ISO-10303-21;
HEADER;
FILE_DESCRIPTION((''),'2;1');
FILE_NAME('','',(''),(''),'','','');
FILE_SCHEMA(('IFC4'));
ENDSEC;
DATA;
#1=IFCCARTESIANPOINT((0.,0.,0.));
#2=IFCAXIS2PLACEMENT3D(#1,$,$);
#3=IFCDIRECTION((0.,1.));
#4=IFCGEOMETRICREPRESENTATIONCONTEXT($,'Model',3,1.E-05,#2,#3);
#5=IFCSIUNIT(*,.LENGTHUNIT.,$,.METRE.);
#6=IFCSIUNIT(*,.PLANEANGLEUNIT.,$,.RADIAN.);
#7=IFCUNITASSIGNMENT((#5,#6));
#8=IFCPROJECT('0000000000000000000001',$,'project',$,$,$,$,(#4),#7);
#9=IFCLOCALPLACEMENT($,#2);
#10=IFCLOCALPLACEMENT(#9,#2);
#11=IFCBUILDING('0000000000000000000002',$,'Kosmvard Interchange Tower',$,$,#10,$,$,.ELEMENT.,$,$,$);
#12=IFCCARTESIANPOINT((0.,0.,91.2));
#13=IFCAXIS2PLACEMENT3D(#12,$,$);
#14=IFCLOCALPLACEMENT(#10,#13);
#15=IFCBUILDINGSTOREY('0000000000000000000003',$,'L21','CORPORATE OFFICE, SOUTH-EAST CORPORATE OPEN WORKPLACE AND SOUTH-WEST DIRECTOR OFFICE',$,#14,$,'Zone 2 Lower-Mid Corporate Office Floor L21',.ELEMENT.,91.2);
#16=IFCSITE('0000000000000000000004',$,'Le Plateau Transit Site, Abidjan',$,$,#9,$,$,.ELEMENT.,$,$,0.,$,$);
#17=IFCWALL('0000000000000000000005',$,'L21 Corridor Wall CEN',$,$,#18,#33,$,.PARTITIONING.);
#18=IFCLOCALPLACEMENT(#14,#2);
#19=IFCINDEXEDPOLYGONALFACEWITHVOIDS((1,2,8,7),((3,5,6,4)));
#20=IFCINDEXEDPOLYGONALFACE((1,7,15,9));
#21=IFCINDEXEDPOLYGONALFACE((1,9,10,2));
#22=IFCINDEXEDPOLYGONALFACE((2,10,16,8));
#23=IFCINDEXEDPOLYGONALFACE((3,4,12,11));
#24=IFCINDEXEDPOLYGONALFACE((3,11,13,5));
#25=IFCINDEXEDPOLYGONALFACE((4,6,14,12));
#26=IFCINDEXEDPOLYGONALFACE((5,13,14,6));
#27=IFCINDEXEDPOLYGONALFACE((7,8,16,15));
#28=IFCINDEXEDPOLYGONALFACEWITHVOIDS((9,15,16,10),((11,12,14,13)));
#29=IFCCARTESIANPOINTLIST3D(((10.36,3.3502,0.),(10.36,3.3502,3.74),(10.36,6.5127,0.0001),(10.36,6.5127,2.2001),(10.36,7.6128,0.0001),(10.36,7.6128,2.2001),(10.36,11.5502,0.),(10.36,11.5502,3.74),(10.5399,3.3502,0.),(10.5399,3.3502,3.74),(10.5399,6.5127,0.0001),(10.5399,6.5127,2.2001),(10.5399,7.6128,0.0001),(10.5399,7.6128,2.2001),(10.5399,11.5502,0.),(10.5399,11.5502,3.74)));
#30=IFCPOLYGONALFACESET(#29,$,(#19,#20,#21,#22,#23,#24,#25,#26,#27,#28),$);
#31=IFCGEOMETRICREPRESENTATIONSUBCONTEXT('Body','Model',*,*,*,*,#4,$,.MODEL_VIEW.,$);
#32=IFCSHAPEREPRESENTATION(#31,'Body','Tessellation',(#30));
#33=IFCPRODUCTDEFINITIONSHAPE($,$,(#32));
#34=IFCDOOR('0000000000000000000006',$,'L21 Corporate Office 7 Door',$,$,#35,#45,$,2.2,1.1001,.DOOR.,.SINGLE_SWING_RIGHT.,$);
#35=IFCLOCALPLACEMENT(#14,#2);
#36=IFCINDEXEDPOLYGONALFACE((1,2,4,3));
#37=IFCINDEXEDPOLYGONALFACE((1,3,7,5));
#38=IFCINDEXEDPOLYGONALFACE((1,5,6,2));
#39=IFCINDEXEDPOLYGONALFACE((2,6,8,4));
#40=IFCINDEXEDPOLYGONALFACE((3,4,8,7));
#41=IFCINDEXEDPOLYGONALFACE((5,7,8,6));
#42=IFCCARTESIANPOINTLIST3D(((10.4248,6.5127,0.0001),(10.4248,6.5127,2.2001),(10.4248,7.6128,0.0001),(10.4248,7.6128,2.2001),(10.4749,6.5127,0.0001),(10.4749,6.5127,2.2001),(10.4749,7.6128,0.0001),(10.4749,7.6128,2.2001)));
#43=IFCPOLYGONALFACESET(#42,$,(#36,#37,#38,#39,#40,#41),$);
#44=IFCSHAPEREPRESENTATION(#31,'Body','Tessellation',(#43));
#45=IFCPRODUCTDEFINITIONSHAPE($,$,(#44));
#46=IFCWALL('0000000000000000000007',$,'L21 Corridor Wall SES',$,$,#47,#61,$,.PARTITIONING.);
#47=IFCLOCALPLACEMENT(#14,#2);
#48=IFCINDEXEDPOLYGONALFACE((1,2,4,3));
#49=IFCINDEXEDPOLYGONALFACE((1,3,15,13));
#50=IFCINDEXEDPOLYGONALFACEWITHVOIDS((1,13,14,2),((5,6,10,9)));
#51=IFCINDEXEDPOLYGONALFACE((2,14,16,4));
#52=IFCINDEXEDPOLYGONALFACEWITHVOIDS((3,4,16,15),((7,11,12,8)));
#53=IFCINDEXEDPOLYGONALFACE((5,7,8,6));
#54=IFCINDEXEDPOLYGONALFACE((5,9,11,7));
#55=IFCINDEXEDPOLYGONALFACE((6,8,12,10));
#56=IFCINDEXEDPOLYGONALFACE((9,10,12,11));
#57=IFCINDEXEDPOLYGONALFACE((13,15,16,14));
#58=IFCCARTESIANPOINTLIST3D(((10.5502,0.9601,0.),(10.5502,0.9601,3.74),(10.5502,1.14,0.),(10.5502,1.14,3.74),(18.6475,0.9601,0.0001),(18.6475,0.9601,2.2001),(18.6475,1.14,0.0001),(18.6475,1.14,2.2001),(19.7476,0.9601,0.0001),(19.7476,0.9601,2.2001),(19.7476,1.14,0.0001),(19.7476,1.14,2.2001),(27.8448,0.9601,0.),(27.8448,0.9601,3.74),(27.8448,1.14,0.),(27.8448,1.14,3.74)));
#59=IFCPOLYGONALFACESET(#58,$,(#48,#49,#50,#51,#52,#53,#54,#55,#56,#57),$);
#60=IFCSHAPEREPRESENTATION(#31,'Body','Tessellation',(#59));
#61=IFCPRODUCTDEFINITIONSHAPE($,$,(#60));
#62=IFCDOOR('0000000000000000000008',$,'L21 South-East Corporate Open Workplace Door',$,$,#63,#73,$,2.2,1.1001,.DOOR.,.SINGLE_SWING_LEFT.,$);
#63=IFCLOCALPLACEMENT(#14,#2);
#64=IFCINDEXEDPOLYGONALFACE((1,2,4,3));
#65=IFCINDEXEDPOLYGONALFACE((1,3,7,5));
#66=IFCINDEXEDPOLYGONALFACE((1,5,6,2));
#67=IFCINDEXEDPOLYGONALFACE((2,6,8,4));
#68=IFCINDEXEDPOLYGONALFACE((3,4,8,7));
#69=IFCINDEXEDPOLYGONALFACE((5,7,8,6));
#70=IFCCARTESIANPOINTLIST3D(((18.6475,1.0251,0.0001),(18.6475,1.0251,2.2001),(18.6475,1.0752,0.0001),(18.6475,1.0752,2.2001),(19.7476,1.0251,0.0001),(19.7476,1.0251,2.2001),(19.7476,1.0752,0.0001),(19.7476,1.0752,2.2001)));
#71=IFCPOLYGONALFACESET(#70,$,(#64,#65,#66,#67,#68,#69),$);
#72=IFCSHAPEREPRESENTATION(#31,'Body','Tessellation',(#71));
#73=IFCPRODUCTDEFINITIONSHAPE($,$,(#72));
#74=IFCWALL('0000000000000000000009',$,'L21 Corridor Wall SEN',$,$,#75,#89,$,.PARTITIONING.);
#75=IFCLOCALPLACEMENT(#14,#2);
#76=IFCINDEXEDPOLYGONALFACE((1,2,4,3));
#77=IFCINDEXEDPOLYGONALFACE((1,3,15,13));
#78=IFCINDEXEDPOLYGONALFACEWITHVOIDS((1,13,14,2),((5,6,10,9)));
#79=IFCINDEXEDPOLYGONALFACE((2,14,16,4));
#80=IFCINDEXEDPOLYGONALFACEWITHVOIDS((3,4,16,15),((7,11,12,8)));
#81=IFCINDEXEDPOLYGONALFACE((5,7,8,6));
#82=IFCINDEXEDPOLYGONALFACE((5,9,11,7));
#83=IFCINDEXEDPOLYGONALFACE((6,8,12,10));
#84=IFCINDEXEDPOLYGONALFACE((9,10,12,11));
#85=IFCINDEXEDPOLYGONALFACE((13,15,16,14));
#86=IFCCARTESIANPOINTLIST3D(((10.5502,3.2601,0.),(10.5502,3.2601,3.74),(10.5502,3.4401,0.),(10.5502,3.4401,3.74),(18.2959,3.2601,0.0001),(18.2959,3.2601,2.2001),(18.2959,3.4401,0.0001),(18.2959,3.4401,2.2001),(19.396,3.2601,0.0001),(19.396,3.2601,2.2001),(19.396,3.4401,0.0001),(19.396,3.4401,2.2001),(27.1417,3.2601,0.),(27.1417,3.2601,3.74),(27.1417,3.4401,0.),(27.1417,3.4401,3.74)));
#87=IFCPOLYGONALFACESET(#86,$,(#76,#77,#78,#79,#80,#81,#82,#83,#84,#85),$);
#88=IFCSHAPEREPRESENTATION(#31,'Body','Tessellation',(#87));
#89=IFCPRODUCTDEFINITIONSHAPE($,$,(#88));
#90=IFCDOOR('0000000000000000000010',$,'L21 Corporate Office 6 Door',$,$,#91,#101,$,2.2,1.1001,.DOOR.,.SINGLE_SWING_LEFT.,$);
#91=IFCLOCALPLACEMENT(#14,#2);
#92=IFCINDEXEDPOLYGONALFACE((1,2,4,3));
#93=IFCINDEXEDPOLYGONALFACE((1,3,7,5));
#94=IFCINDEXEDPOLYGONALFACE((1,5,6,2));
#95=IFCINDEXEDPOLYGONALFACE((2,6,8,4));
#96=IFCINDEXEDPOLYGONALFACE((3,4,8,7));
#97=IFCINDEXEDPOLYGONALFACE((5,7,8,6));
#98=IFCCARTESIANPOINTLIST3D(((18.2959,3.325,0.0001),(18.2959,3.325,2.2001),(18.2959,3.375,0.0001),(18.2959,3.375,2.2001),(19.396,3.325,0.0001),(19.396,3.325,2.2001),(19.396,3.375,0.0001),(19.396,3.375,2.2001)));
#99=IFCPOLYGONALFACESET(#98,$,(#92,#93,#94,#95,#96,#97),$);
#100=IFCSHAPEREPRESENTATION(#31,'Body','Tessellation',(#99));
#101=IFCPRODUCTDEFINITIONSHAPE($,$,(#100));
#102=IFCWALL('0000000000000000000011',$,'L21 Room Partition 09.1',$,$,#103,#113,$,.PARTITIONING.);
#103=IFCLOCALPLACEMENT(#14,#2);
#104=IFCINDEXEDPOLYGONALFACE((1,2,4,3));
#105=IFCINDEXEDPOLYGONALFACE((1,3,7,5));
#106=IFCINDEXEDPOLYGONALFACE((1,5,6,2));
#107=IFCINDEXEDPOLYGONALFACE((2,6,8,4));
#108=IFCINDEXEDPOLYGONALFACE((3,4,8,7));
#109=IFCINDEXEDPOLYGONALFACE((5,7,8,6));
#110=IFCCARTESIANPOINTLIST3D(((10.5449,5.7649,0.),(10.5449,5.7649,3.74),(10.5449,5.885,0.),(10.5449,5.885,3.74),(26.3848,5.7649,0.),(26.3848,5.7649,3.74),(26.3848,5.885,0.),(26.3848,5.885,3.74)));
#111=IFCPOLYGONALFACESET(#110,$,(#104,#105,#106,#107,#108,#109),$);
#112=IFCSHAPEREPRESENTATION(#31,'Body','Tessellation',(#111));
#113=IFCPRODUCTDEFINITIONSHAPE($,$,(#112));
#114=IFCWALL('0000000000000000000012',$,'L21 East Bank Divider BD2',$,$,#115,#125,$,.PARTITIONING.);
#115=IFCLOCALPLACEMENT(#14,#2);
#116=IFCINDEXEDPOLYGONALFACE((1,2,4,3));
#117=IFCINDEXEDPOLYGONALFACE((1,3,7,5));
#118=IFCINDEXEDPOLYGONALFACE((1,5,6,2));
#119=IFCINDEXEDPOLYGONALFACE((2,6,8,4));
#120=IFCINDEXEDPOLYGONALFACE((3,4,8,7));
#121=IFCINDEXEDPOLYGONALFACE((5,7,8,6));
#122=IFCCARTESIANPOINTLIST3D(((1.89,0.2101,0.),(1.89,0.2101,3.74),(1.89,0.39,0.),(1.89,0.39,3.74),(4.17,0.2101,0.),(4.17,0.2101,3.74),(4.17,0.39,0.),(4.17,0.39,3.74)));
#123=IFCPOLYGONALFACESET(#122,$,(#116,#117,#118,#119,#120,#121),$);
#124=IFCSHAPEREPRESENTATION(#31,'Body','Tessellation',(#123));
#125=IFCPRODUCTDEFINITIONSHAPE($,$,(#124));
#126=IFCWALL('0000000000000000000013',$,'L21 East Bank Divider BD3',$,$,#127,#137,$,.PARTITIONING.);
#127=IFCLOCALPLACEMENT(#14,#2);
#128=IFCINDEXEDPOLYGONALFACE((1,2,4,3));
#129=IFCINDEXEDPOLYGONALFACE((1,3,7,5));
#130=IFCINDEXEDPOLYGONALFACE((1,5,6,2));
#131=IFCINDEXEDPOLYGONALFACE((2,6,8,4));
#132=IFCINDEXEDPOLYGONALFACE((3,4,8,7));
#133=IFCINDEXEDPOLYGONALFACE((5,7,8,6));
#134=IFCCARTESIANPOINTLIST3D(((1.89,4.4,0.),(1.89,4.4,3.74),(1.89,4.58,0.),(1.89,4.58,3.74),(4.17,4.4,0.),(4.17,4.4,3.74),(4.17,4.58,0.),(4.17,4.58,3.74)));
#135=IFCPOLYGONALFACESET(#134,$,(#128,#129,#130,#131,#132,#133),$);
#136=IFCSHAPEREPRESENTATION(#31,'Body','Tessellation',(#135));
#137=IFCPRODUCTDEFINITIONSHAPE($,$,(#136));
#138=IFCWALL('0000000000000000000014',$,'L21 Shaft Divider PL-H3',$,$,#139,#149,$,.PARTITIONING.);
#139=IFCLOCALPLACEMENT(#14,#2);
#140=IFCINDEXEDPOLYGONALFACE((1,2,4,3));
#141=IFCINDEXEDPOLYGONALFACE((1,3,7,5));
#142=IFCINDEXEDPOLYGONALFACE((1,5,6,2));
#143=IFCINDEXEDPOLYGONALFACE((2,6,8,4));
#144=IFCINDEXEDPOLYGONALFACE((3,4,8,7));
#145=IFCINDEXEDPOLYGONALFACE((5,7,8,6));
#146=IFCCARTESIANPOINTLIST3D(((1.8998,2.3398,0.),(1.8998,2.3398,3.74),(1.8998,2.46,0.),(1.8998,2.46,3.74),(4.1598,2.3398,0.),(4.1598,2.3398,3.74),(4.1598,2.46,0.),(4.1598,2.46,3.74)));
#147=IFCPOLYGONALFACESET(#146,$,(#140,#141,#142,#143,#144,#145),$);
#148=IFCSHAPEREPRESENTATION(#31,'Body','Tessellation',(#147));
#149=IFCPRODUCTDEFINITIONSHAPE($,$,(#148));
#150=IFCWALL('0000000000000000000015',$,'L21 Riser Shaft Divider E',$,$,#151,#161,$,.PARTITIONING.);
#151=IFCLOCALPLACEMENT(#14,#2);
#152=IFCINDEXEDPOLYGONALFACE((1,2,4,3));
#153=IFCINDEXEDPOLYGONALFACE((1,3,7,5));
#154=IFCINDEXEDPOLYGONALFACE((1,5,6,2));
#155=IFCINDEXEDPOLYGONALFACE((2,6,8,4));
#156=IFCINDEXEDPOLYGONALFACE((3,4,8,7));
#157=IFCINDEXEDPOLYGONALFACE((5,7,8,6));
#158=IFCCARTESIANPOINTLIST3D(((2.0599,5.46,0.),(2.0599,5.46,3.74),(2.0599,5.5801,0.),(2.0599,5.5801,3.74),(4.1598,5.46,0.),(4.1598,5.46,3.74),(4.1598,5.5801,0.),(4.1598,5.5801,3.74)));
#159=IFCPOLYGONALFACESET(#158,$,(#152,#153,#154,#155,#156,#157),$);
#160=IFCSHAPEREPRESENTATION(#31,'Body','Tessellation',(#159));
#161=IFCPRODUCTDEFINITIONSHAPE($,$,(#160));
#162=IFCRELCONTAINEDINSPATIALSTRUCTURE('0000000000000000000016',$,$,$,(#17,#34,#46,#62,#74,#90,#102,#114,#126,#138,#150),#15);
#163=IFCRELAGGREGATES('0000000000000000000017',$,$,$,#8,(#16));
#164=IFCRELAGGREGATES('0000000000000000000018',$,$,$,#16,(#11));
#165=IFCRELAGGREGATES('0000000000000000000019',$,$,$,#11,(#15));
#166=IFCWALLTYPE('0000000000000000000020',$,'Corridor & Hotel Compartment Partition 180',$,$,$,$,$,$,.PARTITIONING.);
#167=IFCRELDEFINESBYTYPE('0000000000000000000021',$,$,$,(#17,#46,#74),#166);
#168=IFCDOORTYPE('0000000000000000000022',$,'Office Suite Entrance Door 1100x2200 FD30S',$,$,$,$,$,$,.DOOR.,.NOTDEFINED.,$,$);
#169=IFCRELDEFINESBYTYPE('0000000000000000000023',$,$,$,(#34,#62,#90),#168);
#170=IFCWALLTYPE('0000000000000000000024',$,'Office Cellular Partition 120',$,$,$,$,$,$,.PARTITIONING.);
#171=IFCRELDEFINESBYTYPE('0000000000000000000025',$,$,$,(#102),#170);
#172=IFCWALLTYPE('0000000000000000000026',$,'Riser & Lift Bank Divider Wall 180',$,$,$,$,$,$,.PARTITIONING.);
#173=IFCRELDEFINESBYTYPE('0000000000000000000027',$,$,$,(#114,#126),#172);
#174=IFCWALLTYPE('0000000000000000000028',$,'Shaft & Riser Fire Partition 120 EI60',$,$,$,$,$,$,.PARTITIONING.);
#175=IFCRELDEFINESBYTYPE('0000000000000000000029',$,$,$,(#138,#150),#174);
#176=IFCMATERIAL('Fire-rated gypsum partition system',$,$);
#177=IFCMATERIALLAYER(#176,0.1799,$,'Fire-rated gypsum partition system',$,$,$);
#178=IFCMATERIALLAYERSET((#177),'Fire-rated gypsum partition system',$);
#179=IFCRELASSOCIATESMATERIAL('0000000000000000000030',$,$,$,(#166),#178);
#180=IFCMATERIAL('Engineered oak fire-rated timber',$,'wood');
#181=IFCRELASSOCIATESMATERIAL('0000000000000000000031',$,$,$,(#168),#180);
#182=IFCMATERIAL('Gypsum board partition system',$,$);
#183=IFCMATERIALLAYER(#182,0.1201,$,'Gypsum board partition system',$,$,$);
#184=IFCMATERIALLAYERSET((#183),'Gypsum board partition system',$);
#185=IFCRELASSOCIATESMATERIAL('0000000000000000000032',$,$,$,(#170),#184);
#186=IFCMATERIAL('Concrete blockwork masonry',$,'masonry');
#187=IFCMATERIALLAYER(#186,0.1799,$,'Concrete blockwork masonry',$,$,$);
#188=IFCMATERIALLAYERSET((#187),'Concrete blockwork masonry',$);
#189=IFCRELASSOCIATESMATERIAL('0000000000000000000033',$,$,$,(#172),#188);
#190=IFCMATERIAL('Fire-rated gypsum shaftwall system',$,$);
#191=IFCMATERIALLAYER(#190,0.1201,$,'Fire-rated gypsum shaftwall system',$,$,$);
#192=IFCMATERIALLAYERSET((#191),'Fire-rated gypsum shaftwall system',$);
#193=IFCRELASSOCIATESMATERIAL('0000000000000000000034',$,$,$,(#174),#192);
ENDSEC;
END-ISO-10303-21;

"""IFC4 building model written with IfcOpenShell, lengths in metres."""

from ifc_helpers import new_model, si_unit, direction, frame, frame_2d, origin, place, context, subcontext, project, spatial, rectangle, extrude, source, transform, mapped, material, layer, layer_set, type_object, element, fill, save


model = new_model("IFC4")

# Units and contexts
model_context = context("Model", 3, precision=1e-05, world=origin(), true_north=direction((0.0, 1.0)))
body_context = subcontext(model_context, "Body", "Model", "MODEL_VIEW")
ifc_project = project(units=[si_unit("LENGTHUNIT", "METRE"), si_unit("PLANEANGLEUNIT", "RADIAN")], contexts=[model_context])

# Site, building, storey
site_placement = place(None, origin())
site = spatial("IfcSite", under=ifc_project, at=site_placement, Name="Le Plateau Transit Site, Abidjan", CompositionType="ELEMENT", RefElevation=0.0)
building_placement = place(site_placement, origin())
building = spatial("IfcBuilding", under=site, at=building_placement, Name="Kosmvard Interchange Tower", CompositionType="ELEMENT")
storey_placement = place(building_placement, frame((0.0, 0.0, 91.2)))
storey = spatial("IfcBuildingStorey", under=building, at=storey_placement, Name="L21", Description="CORPORATE OFFICE, SOUTH-EAST CORPORATE OPEN WORKPLACE AND SOUTH-WEST DIRECTOR OFFICE", LongName="Zone 2 Lower-Mid Corporate Office Floor L21", CompositionType="ELEMENT", Elevation=91.2)

# Shared definitions
ifc_material_1 = material(Name="Fire-rated gypsum partition system")

# Walls, openings, doors
ifc_layer_1 = layer(ifc_material_1, 0.1799, Name="Fire-rated gypsum partition system")
ifc_layer_set_1 = layer_set([ifc_layer_1], Name="Fire-rated gypsum partition system")
wall_type_1 = type_object("IfcWallType", Name="Corridor & Hotel Compartment Partition 180", PredefinedType="PARTITIONING", material=ifc_layer_set_1)
wall_1_placement = place(storey_placement, frame((10.45, 3.3501, 0.0), z_axis=(0.0, 0.0, 1.0), x_axis=(0.0, 1.0, 0.0)))
wall_1 = element("IfcWall", 1, at=wall_1_placement, inside=storey, type_object=wall_type_1, Name="L21 Corridor Wall CEN", PredefinedType="PARTITIONING", context=body_context, shape_type="SweptSolid", body=[
    extrude(rectangle(XDim=8.2, YDim=0.1799, at=frame_2d((4.1001, 0.0))), origin(), (0.0, 0.0, 1.0), 3.74),
])
opening_1_placement = place(wall_1_placement, frame((3.1626, 0.0, 0.0)))
opening_1 = element("IfcOpeningElement", 2, at=opening_1_placement, cuts=wall_1, PredefinedType="OPENING", context=body_context, shape_type="SweptSolid", body=[
    extrude(rectangle(XDim=1.1001, YDim=2.2, at=frame_2d((0.55, 1.1001))), frame((0.0, 0.1001, 0.0), z_axis=(0.0, -1.0, 0.0), x_axis=(1.0, 0.0, 0.0)), (0.0, 0.0, 1.0), 0.2),
])
ifc_material_2 = material(Name="Engineered oak fire-rated timber", Category="wood")
door_type_1 = type_object("IfcDoorType", Name="Office Suite Entrance Door 1100x2200 FD30S", OperationType="NOTDEFINED", PredefinedType="DOOR", material=ifc_material_2)
shared_shape_1 = source(origin(), body_context, "Body", "SweptSolid", [
    extrude(rectangle(XDim=1.1001, YDim=2.2, at=frame_2d((0.55, 1.1001))), frame((0.0, 0.0249, 0.0), z_axis=(0.0, -1.0, 0.0), x_axis=(1.0, 0.0, 0.0)), (0.0, 0.0, 1.0), 0.05),
])
door_1_placement = place(opening_1_placement, frame((1.1001, 0.0, 0.0), z_axis=(0.0, 0.0, 1.0), x_axis=(-1.0, 0.0, 0.0)))
door_1 = element("IfcDoor", 3, at=door_1_placement, inside=storey, type_object=door_type_1, Name="L21 Corporate Office 7 Door", OperationType="SINGLE_SWING_RIGHT", OverallHeight=2.2, OverallWidth=1.1001, PredefinedType="DOOR", context=body_context, shape_type="MappedRepresentation", body=[
    mapped(shared_shape_1, transform((0.0, 0.0, 0.0), scale=1.0)),
])
fill(opening_1, door_1)
wall_2_placement = place(storey_placement, frame((10.55, 1.05, 0.0), z_axis=(0.0, 0.0, 1.0), x_axis=(1.0, 0.0, 0.0)))
wall_2 = element("IfcWall", 4, at=wall_2_placement, inside=storey, type_object=wall_type_1, Name="L21 Corridor Wall SES", PredefinedType="PARTITIONING", context=body_context, shape_type="SweptSolid", body=[
    extrude(rectangle(XDim=17.2947, YDim=0.1799, at=frame_2d((8.6475, 0.0))), origin(), (0.0, 0.0, 1.0), 3.74),
])
opening_2_placement = place(wall_2_placement, frame((8.0974, 0.0, 0.0)))
opening_2 = element("IfcOpeningElement", 5, at=opening_2_placement, cuts=wall_2, PredefinedType="OPENING", context=body_context, shape_type="SweptSolid", body=[
    extrude(rectangle(XDim=1.1001, YDim=2.2, at=frame_2d((0.55, 1.1001))), frame((0.0, 0.1001, 0.0), z_axis=(0.0, -1.0, 0.0), x_axis=(1.0, 0.0, 0.0)), (0.0, 0.0, 1.0), 0.2),
])
door_2_placement = place(opening_2_placement, frame((1.1001, 0.0, 0.0), z_axis=(0.0, 0.0, 1.0), x_axis=(-1.0, 0.0, 0.0)))
door_2 = element("IfcDoor", 6, at=door_2_placement, inside=storey, type_object=door_type_1, Name="L21 South-East Corporate Open Workplace Door", OperationType="SINGLE_SWING_LEFT", OverallHeight=2.2, OverallWidth=1.1001, PredefinedType="DOOR", context=body_context, shape_type="MappedRepresentation", body=[
    mapped(shared_shape_1, transform((0.0, 0.0, 0.0), scale=1.0)),
])
fill(opening_2, door_2)
wall_3_placement = place(storey_placement, frame((10.55, 3.3501, 0.0), z_axis=(0.0, 0.0, 1.0), x_axis=(1.0, 0.0, 0.0)))
wall_3 = element("IfcWall", 7, at=wall_3_placement, inside=storey, type_object=wall_type_1, Name="L21 Corridor Wall SEN", PredefinedType="PARTITIONING", context=body_context, shape_type="SweptSolid", body=[
    extrude(rectangle(XDim=16.5916, YDim=0.1799, at=frame_2d((8.2959, 0.0))), origin(), (0.0, 0.0, 1.0), 3.74),
])
opening_3_placement = place(wall_3_placement, frame((7.7458, 0.0, 0.0)))
opening_3 = element("IfcOpeningElement", 8, at=opening_3_placement, cuts=wall_3, PredefinedType="OPENING", context=body_context, shape_type="SweptSolid", body=[
    extrude(rectangle(XDim=1.1001, YDim=2.2, at=frame_2d((0.55, 1.1001))), frame((0.0, 0.1001, 0.0), z_axis=(0.0, -1.0, 0.0), x_axis=(1.0, 0.0, 0.0)), (0.0, 0.0, 1.0), 0.2),
])
door_3_placement = place(opening_3_placement, origin())
door_3 = element("IfcDoor", 9, at=door_3_placement, inside=storey, type_object=door_type_1, Name="L21 Corporate Office 6 Door", OperationType="SINGLE_SWING_LEFT", OverallHeight=2.2, OverallWidth=1.1001, PredefinedType="DOOR", context=body_context, shape_type="MappedRepresentation", body=[
    mapped(shared_shape_1, transform((0.0, 0.0, 0.0), scale=1.0)),
])
fill(opening_3, door_3)

# Walls
ifc_material_3 = material(Name="Gypsum board partition system")
ifc_layer_2 = layer(ifc_material_3, 0.1201, Name="Gypsum board partition system")
ifc_layer_set_2 = layer_set([ifc_layer_2], Name="Gypsum board partition system")
wall_type_2 = type_object("IfcWallType", Name="Office Cellular Partition 120", PredefinedType="PARTITIONING", material=ifc_layer_set_2)
wall_4_placement = place(storey_placement, frame((10.5449, 5.825, 0.0), z_axis=(0.0, 0.0, 1.0), x_axis=(1.0, 0.0, 0.0)))
element("IfcWall", 10, at=wall_4_placement, inside=storey, type_object=wall_type_2, Name="L21 Room Partition 09.1", PredefinedType="PARTITIONING", context=body_context, shape_type="SweptSolid", body=[
    extrude(rectangle(XDim=15.8398, YDim=0.1201, at=frame_2d((7.9199, 0.0))), origin(), (0.0, 0.0, 1.0), 3.74),
])
ifc_material_4 = material(Name="Concrete blockwork masonry", Category="masonry")
ifc_layer_3 = layer(ifc_material_4, 0.1799, Name="Concrete blockwork masonry")
ifc_layer_set_3 = layer_set([ifc_layer_3], Name="Concrete blockwork masonry")
wall_type_3 = type_object("IfcWallType", Name="Riser & Lift Bank Divider Wall 180", PredefinedType="PARTITIONING", material=ifc_layer_set_3)
for number, where, z_axis, x_axis, name in (
    (11, (1.8899, 0.3, 0.0), (0.0, 0.0, 1.0), (1.0, 0.0, 0.0), "L21 East Bank Divider BD2"),
    (12, (1.8899, 4.49, 0.0), (0.0, 0.0, 1.0), (1.0, 0.0, 0.0), "L21 East Bank Divider BD3"),
):
    element("IfcWall", number, at=place(storey_placement, frame(where, z_axis=z_axis, x_axis=x_axis)), inside=storey, type_object=wall_type_3, Name=name, PredefinedType="PARTITIONING", context=body_context, shape_type="SweptSolid", body=[
        extrude(rectangle(XDim=2.28, YDim=0.1799, at=frame_2d((1.1401, 0.0))), origin(), (0.0, 0.0, 1.0), 3.74),
    ])
ifc_material_5 = material(Name="Fire-rated gypsum shaftwall system")
ifc_layer_4 = layer(ifc_material_5, 0.1201, Name="Fire-rated gypsum shaftwall system")
ifc_layer_set_4 = layer_set([ifc_layer_4], Name="Fire-rated gypsum shaftwall system")
wall_type_4 = type_object("IfcWallType", Name="Shaft & Riser Fire Partition 120 EI60", PredefinedType="PARTITIONING", material=ifc_layer_set_4)
wall_5_placement = place(storey_placement, frame((1.8999, 2.3999, 0.0), z_axis=(0.0, 0.0, 1.0), x_axis=(1.0, 0.0, 0.0)))
element("IfcWall", 13, at=wall_5_placement, inside=storey, type_object=wall_type_4, Name="L21 Shaft Divider PL-H3", PredefinedType="PARTITIONING", context=body_context, shape_type="SweptSolid", body=[
    extrude(rectangle(XDim=2.26, YDim=0.1201, at=frame_2d((1.1299, 0.0))), origin(), (0.0, 0.0, 1.0), 3.74),
])
wall_6_placement = place(storey_placement, frame((2.0601, 5.52, 0.0), z_axis=(0.0, 0.0, 1.0), x_axis=(1.0, 0.0, 0.0)))
element("IfcWall", 14, at=wall_6_placement, inside=storey, type_object=wall_type_4, Name="L21 Riser Shaft Divider E", PredefinedType="PARTITIONING", context=body_context, shape_type="SweptSolid", body=[
    extrude(rectangle(XDim=2.0999, YDim=0.1201, at=frame_2d((1.0498, 0.0))), origin(), (0.0, 0.0, 1.0), 3.74),
])

save(model, "model.ifc")
